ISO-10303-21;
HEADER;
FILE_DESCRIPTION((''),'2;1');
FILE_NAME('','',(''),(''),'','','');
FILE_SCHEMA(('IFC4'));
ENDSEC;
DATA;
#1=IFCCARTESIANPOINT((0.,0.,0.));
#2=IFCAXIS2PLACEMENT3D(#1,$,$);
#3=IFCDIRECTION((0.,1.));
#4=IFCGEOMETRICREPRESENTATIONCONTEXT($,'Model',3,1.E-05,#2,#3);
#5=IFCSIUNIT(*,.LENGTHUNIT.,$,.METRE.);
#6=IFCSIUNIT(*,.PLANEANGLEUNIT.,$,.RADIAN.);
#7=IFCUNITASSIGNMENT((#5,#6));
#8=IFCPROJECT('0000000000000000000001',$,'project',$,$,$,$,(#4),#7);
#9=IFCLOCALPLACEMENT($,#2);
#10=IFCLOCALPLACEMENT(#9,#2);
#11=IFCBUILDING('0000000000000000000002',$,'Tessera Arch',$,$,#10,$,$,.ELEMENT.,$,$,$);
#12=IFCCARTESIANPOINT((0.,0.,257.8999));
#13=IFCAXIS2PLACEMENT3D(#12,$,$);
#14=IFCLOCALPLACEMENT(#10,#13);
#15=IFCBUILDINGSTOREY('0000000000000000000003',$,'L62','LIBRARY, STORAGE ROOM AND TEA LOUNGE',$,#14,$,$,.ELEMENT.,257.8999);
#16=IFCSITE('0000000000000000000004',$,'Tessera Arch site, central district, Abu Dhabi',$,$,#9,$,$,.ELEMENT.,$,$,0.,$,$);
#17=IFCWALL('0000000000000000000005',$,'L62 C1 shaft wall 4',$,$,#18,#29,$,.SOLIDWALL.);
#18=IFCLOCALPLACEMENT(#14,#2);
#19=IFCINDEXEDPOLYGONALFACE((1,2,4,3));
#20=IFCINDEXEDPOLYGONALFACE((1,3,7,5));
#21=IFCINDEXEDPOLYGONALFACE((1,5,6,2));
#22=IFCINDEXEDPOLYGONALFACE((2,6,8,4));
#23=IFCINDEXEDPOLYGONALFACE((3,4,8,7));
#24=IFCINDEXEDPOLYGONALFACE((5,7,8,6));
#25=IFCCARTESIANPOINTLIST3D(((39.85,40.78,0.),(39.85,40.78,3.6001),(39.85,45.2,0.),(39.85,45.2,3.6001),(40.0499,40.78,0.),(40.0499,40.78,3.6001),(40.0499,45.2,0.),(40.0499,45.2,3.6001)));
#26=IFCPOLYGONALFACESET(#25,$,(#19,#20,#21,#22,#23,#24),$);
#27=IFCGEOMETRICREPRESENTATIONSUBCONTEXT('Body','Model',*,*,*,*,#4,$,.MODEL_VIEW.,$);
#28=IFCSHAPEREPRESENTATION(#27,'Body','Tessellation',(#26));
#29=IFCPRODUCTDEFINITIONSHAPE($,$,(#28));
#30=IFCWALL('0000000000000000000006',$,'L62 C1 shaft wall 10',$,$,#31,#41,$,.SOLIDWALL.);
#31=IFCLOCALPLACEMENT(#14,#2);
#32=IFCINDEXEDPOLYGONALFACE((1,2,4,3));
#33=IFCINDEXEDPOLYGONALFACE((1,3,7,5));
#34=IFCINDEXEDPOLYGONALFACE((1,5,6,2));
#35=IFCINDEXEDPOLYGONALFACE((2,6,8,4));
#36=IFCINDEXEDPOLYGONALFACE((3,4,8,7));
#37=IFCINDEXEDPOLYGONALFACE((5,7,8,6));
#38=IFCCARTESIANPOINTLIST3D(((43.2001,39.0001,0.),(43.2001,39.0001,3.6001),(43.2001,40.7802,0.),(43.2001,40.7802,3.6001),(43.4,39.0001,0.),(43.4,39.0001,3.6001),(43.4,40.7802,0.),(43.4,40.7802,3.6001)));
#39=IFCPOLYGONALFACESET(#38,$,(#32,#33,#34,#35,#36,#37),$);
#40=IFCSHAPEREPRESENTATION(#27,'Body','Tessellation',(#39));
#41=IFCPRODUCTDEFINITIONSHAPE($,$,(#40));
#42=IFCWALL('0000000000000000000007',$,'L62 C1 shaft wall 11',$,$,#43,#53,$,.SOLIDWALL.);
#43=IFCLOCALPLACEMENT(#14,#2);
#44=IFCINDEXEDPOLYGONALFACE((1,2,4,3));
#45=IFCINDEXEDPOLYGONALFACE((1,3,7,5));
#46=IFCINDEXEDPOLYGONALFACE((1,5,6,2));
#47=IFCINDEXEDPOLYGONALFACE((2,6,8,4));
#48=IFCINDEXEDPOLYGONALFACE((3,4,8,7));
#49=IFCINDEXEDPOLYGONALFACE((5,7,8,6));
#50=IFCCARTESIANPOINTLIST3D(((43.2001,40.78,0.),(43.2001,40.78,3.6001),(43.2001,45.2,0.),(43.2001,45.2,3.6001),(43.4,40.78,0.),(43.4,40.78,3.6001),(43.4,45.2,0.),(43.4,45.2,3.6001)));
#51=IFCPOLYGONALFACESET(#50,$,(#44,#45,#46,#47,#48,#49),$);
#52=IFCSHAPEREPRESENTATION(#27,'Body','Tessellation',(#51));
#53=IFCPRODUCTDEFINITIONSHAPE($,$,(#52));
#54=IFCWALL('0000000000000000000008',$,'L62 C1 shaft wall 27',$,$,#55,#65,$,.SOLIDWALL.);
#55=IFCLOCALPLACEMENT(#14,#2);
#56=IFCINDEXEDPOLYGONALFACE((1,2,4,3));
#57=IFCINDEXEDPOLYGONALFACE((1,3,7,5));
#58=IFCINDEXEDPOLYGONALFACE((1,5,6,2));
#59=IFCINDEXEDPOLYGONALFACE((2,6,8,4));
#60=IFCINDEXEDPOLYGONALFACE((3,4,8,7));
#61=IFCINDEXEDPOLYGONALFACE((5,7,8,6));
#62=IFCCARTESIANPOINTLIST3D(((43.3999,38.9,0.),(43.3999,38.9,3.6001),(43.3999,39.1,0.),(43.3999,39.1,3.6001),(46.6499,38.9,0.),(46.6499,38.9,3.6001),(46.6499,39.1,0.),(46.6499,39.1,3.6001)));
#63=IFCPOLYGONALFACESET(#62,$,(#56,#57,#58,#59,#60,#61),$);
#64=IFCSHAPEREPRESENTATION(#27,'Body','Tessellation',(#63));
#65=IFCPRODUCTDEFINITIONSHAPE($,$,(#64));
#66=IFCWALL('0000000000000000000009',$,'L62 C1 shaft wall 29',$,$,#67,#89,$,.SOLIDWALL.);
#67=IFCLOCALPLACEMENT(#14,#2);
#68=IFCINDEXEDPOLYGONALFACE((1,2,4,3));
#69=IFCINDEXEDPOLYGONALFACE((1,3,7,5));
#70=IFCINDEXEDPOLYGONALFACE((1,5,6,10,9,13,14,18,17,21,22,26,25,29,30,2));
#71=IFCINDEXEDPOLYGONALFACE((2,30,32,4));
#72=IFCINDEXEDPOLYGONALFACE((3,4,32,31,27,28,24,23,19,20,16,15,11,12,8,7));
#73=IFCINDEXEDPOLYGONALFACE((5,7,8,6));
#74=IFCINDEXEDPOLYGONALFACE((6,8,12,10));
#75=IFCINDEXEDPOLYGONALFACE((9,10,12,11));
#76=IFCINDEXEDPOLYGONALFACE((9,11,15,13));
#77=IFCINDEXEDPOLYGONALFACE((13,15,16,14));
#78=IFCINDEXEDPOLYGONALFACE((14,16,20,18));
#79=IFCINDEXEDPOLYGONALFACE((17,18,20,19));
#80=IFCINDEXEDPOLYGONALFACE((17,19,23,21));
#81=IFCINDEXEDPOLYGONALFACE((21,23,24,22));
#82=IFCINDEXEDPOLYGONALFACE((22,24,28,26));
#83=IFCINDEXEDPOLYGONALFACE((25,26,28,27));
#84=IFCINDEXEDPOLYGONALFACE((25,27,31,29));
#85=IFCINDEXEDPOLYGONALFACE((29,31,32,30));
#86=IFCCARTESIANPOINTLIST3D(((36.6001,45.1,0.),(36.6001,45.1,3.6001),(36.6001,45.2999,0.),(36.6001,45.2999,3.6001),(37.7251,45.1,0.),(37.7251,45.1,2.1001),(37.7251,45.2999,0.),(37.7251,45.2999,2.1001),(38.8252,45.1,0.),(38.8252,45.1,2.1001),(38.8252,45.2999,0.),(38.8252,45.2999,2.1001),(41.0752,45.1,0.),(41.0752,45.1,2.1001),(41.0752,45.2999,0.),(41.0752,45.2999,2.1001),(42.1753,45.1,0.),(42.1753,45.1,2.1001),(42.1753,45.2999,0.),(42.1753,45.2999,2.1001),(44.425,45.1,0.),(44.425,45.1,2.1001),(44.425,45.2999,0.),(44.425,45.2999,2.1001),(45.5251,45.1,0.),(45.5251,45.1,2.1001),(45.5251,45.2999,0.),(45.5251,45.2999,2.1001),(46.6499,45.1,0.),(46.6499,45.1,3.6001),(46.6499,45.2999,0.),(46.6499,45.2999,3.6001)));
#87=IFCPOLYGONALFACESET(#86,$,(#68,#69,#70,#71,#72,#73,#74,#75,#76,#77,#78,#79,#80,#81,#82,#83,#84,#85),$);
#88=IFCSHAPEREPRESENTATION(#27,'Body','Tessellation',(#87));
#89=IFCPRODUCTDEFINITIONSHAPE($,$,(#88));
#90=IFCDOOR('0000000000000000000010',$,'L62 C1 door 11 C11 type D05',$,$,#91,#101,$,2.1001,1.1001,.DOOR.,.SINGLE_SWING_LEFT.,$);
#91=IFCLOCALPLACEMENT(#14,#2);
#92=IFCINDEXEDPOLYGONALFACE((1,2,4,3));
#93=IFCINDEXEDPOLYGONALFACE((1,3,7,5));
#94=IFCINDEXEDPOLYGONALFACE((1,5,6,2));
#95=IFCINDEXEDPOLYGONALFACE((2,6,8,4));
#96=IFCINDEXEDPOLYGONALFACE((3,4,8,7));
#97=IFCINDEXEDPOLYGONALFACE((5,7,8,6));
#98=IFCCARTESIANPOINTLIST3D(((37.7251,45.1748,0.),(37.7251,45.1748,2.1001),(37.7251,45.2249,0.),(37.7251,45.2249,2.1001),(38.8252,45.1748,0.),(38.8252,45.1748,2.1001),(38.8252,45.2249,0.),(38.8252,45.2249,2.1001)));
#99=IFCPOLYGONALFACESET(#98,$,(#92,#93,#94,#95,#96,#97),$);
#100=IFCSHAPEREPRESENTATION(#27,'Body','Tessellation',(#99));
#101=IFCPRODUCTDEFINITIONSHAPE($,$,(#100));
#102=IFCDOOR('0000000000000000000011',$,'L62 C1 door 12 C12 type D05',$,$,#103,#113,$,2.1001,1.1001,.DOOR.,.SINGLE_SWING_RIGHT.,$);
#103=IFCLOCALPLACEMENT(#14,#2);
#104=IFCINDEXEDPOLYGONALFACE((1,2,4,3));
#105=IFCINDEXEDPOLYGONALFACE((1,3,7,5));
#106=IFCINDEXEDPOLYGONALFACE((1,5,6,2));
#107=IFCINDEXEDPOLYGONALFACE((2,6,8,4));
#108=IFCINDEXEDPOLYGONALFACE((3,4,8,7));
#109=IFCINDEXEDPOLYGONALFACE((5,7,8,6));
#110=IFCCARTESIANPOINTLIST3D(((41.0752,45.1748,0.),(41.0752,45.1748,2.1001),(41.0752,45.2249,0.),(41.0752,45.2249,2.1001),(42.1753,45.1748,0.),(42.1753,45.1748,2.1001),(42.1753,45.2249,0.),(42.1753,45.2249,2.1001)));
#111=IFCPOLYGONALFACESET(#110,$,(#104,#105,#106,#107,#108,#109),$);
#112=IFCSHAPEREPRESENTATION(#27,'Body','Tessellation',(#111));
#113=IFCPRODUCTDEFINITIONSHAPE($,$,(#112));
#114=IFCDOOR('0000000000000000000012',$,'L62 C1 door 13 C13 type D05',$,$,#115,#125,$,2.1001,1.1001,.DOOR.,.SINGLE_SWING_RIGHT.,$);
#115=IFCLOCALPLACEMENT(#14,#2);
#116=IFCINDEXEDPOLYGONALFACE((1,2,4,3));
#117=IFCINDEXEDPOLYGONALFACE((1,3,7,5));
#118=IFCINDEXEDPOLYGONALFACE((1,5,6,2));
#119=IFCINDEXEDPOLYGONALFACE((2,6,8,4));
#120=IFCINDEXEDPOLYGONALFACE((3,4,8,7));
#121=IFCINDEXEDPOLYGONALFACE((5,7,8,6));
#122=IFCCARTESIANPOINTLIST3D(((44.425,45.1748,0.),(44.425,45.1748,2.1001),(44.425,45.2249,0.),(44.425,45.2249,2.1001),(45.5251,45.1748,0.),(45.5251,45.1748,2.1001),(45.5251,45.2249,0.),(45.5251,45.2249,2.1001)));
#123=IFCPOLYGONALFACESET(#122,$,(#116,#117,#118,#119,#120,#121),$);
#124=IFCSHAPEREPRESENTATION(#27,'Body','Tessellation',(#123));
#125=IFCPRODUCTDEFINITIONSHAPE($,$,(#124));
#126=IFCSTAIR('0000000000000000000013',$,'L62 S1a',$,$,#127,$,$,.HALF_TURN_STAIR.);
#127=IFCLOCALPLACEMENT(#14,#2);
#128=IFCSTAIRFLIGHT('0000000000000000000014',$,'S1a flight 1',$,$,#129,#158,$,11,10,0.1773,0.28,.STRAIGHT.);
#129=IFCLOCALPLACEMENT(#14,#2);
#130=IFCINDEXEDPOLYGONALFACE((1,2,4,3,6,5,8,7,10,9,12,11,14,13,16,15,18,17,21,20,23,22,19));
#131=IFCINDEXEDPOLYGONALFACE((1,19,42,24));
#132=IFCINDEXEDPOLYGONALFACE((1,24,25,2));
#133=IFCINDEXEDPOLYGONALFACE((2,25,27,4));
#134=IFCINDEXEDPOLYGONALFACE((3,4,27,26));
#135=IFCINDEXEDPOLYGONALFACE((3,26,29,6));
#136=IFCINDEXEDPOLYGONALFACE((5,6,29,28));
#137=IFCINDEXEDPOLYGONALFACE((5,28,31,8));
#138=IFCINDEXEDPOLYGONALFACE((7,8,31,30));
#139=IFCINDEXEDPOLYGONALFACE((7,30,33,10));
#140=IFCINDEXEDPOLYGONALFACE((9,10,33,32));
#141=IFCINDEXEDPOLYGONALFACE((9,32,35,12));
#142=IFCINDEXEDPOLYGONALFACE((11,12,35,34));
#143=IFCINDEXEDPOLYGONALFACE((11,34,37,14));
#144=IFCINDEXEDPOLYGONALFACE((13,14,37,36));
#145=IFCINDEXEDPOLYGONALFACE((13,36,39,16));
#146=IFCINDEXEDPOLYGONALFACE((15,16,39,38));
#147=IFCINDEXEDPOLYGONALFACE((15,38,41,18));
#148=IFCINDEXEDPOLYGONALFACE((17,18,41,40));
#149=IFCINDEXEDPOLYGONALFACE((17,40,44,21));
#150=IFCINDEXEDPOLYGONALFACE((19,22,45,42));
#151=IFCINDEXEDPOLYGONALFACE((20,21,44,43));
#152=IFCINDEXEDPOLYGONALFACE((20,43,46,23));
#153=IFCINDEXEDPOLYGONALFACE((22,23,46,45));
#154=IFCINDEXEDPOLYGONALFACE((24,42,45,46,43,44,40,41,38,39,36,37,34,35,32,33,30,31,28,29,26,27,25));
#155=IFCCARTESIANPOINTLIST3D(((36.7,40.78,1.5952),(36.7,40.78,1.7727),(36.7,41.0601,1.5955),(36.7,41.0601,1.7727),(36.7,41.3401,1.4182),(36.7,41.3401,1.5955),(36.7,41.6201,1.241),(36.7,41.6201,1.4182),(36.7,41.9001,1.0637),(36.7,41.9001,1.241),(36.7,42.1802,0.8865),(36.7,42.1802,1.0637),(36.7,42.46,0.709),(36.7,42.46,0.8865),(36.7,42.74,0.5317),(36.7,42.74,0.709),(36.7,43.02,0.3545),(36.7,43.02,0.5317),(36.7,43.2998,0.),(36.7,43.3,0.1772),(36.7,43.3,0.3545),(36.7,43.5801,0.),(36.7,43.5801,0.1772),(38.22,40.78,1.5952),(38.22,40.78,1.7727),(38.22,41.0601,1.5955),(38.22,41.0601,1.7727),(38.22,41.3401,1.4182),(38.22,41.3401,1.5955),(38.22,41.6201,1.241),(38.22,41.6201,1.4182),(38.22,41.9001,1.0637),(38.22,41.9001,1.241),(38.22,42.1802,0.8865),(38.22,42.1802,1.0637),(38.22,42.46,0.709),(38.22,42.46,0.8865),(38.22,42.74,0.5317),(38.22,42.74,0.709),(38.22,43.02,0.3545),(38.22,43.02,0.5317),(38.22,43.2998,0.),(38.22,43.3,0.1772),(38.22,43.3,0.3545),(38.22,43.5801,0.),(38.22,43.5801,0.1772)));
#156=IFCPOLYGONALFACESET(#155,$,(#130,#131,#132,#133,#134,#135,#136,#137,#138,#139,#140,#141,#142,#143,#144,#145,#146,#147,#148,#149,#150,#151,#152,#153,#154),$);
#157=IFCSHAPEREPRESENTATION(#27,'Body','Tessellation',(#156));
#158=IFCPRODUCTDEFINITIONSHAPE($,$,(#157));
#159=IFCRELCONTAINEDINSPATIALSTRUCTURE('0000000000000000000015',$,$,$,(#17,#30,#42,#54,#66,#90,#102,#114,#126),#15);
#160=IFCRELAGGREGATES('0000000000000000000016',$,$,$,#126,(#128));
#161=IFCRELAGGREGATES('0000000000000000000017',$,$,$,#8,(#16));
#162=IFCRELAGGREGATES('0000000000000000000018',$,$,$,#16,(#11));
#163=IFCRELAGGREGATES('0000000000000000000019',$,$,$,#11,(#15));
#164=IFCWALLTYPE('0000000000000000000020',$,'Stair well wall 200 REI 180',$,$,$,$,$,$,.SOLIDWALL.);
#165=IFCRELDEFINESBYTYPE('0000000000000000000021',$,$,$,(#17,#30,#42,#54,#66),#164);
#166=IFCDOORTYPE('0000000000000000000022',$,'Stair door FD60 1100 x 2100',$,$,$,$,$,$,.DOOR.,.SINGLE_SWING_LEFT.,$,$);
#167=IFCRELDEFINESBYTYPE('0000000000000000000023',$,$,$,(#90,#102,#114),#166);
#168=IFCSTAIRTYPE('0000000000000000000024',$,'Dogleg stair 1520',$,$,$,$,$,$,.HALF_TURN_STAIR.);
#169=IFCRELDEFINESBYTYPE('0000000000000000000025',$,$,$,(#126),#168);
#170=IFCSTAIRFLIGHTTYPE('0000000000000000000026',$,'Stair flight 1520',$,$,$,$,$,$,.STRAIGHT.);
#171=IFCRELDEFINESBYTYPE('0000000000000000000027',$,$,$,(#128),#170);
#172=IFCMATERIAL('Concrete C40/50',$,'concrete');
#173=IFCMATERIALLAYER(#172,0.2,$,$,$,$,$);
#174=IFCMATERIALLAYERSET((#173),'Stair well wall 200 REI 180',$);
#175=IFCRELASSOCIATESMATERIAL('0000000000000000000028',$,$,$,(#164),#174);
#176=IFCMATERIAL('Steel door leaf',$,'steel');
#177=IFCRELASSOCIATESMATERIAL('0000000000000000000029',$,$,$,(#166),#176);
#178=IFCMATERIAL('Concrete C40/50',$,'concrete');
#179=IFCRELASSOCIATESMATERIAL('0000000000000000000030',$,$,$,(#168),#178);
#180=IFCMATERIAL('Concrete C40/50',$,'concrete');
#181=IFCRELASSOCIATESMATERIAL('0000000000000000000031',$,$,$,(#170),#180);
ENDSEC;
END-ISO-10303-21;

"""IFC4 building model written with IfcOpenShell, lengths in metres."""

from ifc_helpers import new_model, si_unit, direction, frame, frame_2d, origin, place, context, subcontext, project, spatial, polyline, rectangle, outline, extrude, material, layer, layer_set, type_object, element, fill, aggregate, save


model = new_model("IFC4")

# Units and contexts
model_context = context("Model", 3, precision=1e-05, world=origin(), true_north=direction((0.0, 1.0)))
body_context = subcontext(model_context, "Body", "Model", "MODEL_VIEW")
ifc_project = project(units=[si_unit("LENGTHUNIT", "METRE"), si_unit("PLANEANGLEUNIT", "RADIAN")], contexts=[model_context])

# Site, building, storey
site_placement = place(None, origin())
site = spatial("IfcSite", under=ifc_project, at=site_placement, Name="Tessera Arch site, central district, Abu Dhabi", CompositionType="ELEMENT", RefElevation=0.0)
building_placement = place(site_placement, origin())
building = spatial("IfcBuilding", under=site, at=building_placement, Name="Tessera Arch", CompositionType="ELEMENT")
storey_placement = place(building_placement, frame((0.0, 0.0, 257.8999)))
storey = spatial("IfcBuildingStorey", under=building, at=storey_placement, Name="L62", Description="LIBRARY, STORAGE ROOM AND TEA LOUNGE", CompositionType="ELEMENT", Elevation=257.8999)

# Walls
ifc_material_1 = material(Name="Concrete C40/50", Category="concrete")
ifc_layer_1 = layer(ifc_material_1, 0.2)
ifc_layer_set_1 = layer_set([ifc_layer_1], Name="Stair well wall 200 REI 180")
wall_type_1 = type_object("IfcWallType", Name="Stair well wall 200 REI 180", PredefinedType="SOLIDWALL", material=ifc_layer_set_1)
wall_1_placement = place(storey_placement, frame((39.95, 40.78, 0.0), z_axis=(0.0, 0.0, 1.0), x_axis=(0.0, 1.0, 0.0)))
element("IfcWall", 1, at=wall_1_placement, inside=storey, type_object=wall_type_1, Name="L62 C1 shaft wall 4", PredefinedType="SOLIDWALL", context=body_context, shape_type="SweptSolid", body=[
    extrude(rectangle(XDim=4.4199, YDim=0.2, at=frame_2d((2.21, 0.0))), origin(), (0.0, 0.0, 1.0), 3.6001),
])
wall_2_placement = place(storey_placement, frame((43.3, 39.0, 0.0), z_axis=(0.0, 0.0, 1.0), x_axis=(0.0, 1.0, 0.0)))
element("IfcWall", 2, at=wall_2_placement, inside=storey, type_object=wall_type_1, Name="L62 C1 shaft wall 10", PredefinedType="SOLIDWALL", context=body_context, shape_type="SweptSolid", body=[
    extrude(rectangle(XDim=1.78, YDim=0.2, at=frame_2d((0.8901, 0.0))), origin(), (0.0, 0.0, 1.0), 3.6001),
])
wall_3_placement = place(storey_placement, frame((43.3, 40.78, 0.0), z_axis=(0.0, 0.0, 1.0), x_axis=(0.0, 1.0, 0.0)))
element("IfcWall", 3, at=wall_3_placement, inside=storey, type_object=wall_type_1, Name="L62 C1 shaft wall 11", PredefinedType="SOLIDWALL", context=body_context, shape_type="SweptSolid", body=[
    extrude(rectangle(XDim=4.4199, YDim=0.2, at=frame_2d((2.21, 0.0))), origin(), (0.0, 0.0, 1.0), 3.6001),
])
wall_4_placement = place(storey_placement, frame((43.3999, 39.0, 0.0), z_axis=(0.0, 0.0, 1.0), x_axis=(1.0, 0.0, 0.0)))
element("IfcWall", 4, at=wall_4_placement, inside=storey, type_object=wall_type_1, Name="L62 C1 shaft wall 27", PredefinedType="SOLIDWALL", context=body_context, shape_type="SweptSolid", body=[
    extrude(rectangle(XDim=3.25, YDim=0.2, at=frame_2d((1.625, 0.0))), origin(), (0.0, 0.0, 1.0), 3.6001),
])

# Wall, openings, doors
wall_5_placement = place(storey_placement, frame((36.6001, 45.2, 0.0), z_axis=(0.0, 0.0, 1.0), x_axis=(1.0, 0.0, 0.0)))
wall_5 = element("IfcWall", 5, at=wall_5_placement, inside=storey, type_object=wall_type_1, Name="L62 C1 shaft wall 29", PredefinedType="SOLIDWALL", context=body_context, shape_type="SweptSolid", body=[
    extrude(rectangle(XDim=10.0498, YDim=0.2, at=frame_2d((5.0249, 0.0))), origin(), (0.0, 0.0, 1.0), 3.6001),
])
opening_1_placement = place(wall_5_placement, frame((1.125, 0.0, 0.0)))
opening_1 = element("IfcOpeningElement", 6, at=opening_1_placement, cuts=wall_5, PredefinedType="OPENING", context=body_context, shape_type="SweptSolid", body=[
    extrude(rectangle(XDim=1.1001, YDim=2.1001, at=frame_2d((0.55, 1.05))), frame((0.0, 0.1099, 0.0), z_axis=(0.0, -1.0, 0.0), x_axis=(1.0, 0.0, 0.0)), (0.0, 0.0, 1.0), 0.22),
])
opening_2_placement = place(wall_5_placement, frame((4.4751, 0.0, 0.0)))
opening_2 = element("IfcOpeningElement", 7, at=opening_2_placement, cuts=wall_5, PredefinedType="OPENING", context=body_context, shape_type="SweptSolid", body=[
    extrude(rectangle(XDim=1.1001, YDim=2.1001, at=frame_2d((0.55, 1.05))), frame((0.0, 0.1099, 0.0), z_axis=(0.0, -1.0, 0.0), x_axis=(1.0, 0.0, 0.0)), (0.0, 0.0, 1.0), 0.22),
])
opening_3_placement = place(wall_5_placement, frame((7.825, 0.0, 0.0)))
opening_3 = element("IfcOpeningElement", 8, at=opening_3_placement, cuts=wall_5, PredefinedType="OPENING", context=body_context, shape_type="SweptSolid", body=[
    extrude(rectangle(XDim=1.1001, YDim=2.1001, at=frame_2d((0.55, 1.05))), frame((0.0, 0.1099, 0.0), z_axis=(0.0, -1.0, 0.0), x_axis=(1.0, 0.0, 0.0)), (0.0, 0.0, 1.0), 0.22),
])
ifc_material_2 = material(Name="Steel door leaf", Category="steel")
door_type_1 = type_object("IfcDoorType", Name="Stair door FD60 1100 x 2100", OperationType="SINGLE_SWING_LEFT", PredefinedType="DOOR", material=ifc_material_2)
door_1_placement = place(opening_1_placement, origin())
door_1 = element("IfcDoor", 9, at=door_1_placement, inside=storey, type_object=door_type_1, Name="L62 C1 door 11 C11 type D05", OperationType="SINGLE_SWING_LEFT", OverallHeight=2.1001, OverallWidth=1.1001, PredefinedType="DOOR", context=body_context, shape_type="SweptSolid", body=[
    extrude(rectangle(XDim=1.1001, YDim=2.1001, at=frame_2d((0.55, 1.05))), frame((0.0, 0.0249, 0.0), z_axis=(0.0, -1.0, 0.0), x_axis=(1.0, 0.0, 0.0)), (0.0, 0.0, 1.0), 0.05),
])
fill(opening_1, door_1)
door_2_placement = place(opening_2_placement, origin())
door_2 = element("IfcDoor", 10, at=door_2_placement, inside=storey, type_object=door_type_1, Name="L62 C1 door 12 C12 type D05", OperationType="SINGLE_SWING_RIGHT", OverallHeight=2.1001, OverallWidth=1.1001, PredefinedType="DOOR", context=body_context, shape_type="SweptSolid", body=[
    extrude(rectangle(XDim=1.1001, YDim=2.1001, at=frame_2d((0.55, 1.05))), frame((0.0, 0.0249, 0.0), z_axis=(0.0, -1.0, 0.0), x_axis=(1.0, 0.0, 0.0)), (0.0, 0.0, 1.0), 0.05),
])
fill(opening_2, door_2)
door_3_placement = place(opening_3_placement, origin())
door_3 = element("IfcDoor", 11, at=door_3_placement, inside=storey, type_object=door_type_1, Name="L62 C1 door 13 C13 type D05", OperationType="SINGLE_SWING_RIGHT", OverallHeight=2.1001, OverallWidth=1.1001, PredefinedType="DOOR", context=body_context, shape_type="SweptSolid", body=[
    extrude(rectangle(XDim=1.1001, YDim=2.1001, at=frame_2d((0.55, 1.05))), frame((0.0, 0.0249, 0.0), z_axis=(0.0, -1.0, 0.0), x_axis=(1.0, 0.0, 0.0)), (0.0, 0.0, 1.0), 0.05),
])
fill(opening_3, door_3)

# Stair, stair flight
ifc_material_3 = material(Name="Concrete C40/50", Category="concrete")
stair_type = type_object("IfcStairType", Name="Dogleg stair 1520", PredefinedType="HALF_TURN_STAIR", material=ifc_material_3)
stair_1_placement = place(storey_placement, origin())
stair_1 = element("IfcStair", 12, at=stair_1_placement, inside=storey, type_object=stair_type, Name="L62 S1a", PredefinedType="HALF_TURN_STAIR")
ifc_material_4 = material(Name="Concrete C40/50", Category="concrete")
stair_flight_type = type_object("IfcStairFlightType", Name="Stair flight 1520", PredefinedType="STRAIGHT", material=ifc_material_4)
stair_flight_1_placement = place(storey_placement, frame((37.46, 43.5801, 0.0), z_axis=(0.0, 0.0, 1.0), x_axis=(0.0, -1.0, 0.0)))
stair_flight_1 = element("IfcStairFlight", 13, at=stair_flight_1_placement, type_object=stair_flight_type, Name="S1a flight 1", NumberOfRisers=11, NumberOfTreads=10, PredefinedType="STRAIGHT", RiserHeight=0.1773, TreadLength=0.28, context=body_context, shape_type="SweptSolid", body=[
    extrude(outline(polyline([(0.0, 0.0), (0.0, 0.1772), (0.28, 0.1772), (0.28, 0.3545), (0.5601, 0.3545), (0.5601, 0.5317), (0.8401, 0.5317), (0.8401, 0.709), (1.1201, 0.709), (1.1201, 0.8865), (1.3999, 0.8865), (1.3999, 1.0637), (1.6799, 1.0637), (1.6799, 1.241), (1.96, 1.241), (1.96, 1.4182), (2.24, 1.4182), (2.24, 1.5955), (2.52, 1.5955), (2.52, 1.7727), (2.8, 1.7727), (2.8, 1.95), (2.8, 1.5952), (0.2803, 0.0), (0.0, 0.0)])), frame((0.0, 0.76, 0.0), z_axis=(0.0, -1.0, 0.0), x_axis=(1.0, 0.0, 0.0)), (0.0, 0.0, 1.0), 1.52),
])
aggregate(stair_1, [stair_flight_1])

save(model, "model.ifc")
